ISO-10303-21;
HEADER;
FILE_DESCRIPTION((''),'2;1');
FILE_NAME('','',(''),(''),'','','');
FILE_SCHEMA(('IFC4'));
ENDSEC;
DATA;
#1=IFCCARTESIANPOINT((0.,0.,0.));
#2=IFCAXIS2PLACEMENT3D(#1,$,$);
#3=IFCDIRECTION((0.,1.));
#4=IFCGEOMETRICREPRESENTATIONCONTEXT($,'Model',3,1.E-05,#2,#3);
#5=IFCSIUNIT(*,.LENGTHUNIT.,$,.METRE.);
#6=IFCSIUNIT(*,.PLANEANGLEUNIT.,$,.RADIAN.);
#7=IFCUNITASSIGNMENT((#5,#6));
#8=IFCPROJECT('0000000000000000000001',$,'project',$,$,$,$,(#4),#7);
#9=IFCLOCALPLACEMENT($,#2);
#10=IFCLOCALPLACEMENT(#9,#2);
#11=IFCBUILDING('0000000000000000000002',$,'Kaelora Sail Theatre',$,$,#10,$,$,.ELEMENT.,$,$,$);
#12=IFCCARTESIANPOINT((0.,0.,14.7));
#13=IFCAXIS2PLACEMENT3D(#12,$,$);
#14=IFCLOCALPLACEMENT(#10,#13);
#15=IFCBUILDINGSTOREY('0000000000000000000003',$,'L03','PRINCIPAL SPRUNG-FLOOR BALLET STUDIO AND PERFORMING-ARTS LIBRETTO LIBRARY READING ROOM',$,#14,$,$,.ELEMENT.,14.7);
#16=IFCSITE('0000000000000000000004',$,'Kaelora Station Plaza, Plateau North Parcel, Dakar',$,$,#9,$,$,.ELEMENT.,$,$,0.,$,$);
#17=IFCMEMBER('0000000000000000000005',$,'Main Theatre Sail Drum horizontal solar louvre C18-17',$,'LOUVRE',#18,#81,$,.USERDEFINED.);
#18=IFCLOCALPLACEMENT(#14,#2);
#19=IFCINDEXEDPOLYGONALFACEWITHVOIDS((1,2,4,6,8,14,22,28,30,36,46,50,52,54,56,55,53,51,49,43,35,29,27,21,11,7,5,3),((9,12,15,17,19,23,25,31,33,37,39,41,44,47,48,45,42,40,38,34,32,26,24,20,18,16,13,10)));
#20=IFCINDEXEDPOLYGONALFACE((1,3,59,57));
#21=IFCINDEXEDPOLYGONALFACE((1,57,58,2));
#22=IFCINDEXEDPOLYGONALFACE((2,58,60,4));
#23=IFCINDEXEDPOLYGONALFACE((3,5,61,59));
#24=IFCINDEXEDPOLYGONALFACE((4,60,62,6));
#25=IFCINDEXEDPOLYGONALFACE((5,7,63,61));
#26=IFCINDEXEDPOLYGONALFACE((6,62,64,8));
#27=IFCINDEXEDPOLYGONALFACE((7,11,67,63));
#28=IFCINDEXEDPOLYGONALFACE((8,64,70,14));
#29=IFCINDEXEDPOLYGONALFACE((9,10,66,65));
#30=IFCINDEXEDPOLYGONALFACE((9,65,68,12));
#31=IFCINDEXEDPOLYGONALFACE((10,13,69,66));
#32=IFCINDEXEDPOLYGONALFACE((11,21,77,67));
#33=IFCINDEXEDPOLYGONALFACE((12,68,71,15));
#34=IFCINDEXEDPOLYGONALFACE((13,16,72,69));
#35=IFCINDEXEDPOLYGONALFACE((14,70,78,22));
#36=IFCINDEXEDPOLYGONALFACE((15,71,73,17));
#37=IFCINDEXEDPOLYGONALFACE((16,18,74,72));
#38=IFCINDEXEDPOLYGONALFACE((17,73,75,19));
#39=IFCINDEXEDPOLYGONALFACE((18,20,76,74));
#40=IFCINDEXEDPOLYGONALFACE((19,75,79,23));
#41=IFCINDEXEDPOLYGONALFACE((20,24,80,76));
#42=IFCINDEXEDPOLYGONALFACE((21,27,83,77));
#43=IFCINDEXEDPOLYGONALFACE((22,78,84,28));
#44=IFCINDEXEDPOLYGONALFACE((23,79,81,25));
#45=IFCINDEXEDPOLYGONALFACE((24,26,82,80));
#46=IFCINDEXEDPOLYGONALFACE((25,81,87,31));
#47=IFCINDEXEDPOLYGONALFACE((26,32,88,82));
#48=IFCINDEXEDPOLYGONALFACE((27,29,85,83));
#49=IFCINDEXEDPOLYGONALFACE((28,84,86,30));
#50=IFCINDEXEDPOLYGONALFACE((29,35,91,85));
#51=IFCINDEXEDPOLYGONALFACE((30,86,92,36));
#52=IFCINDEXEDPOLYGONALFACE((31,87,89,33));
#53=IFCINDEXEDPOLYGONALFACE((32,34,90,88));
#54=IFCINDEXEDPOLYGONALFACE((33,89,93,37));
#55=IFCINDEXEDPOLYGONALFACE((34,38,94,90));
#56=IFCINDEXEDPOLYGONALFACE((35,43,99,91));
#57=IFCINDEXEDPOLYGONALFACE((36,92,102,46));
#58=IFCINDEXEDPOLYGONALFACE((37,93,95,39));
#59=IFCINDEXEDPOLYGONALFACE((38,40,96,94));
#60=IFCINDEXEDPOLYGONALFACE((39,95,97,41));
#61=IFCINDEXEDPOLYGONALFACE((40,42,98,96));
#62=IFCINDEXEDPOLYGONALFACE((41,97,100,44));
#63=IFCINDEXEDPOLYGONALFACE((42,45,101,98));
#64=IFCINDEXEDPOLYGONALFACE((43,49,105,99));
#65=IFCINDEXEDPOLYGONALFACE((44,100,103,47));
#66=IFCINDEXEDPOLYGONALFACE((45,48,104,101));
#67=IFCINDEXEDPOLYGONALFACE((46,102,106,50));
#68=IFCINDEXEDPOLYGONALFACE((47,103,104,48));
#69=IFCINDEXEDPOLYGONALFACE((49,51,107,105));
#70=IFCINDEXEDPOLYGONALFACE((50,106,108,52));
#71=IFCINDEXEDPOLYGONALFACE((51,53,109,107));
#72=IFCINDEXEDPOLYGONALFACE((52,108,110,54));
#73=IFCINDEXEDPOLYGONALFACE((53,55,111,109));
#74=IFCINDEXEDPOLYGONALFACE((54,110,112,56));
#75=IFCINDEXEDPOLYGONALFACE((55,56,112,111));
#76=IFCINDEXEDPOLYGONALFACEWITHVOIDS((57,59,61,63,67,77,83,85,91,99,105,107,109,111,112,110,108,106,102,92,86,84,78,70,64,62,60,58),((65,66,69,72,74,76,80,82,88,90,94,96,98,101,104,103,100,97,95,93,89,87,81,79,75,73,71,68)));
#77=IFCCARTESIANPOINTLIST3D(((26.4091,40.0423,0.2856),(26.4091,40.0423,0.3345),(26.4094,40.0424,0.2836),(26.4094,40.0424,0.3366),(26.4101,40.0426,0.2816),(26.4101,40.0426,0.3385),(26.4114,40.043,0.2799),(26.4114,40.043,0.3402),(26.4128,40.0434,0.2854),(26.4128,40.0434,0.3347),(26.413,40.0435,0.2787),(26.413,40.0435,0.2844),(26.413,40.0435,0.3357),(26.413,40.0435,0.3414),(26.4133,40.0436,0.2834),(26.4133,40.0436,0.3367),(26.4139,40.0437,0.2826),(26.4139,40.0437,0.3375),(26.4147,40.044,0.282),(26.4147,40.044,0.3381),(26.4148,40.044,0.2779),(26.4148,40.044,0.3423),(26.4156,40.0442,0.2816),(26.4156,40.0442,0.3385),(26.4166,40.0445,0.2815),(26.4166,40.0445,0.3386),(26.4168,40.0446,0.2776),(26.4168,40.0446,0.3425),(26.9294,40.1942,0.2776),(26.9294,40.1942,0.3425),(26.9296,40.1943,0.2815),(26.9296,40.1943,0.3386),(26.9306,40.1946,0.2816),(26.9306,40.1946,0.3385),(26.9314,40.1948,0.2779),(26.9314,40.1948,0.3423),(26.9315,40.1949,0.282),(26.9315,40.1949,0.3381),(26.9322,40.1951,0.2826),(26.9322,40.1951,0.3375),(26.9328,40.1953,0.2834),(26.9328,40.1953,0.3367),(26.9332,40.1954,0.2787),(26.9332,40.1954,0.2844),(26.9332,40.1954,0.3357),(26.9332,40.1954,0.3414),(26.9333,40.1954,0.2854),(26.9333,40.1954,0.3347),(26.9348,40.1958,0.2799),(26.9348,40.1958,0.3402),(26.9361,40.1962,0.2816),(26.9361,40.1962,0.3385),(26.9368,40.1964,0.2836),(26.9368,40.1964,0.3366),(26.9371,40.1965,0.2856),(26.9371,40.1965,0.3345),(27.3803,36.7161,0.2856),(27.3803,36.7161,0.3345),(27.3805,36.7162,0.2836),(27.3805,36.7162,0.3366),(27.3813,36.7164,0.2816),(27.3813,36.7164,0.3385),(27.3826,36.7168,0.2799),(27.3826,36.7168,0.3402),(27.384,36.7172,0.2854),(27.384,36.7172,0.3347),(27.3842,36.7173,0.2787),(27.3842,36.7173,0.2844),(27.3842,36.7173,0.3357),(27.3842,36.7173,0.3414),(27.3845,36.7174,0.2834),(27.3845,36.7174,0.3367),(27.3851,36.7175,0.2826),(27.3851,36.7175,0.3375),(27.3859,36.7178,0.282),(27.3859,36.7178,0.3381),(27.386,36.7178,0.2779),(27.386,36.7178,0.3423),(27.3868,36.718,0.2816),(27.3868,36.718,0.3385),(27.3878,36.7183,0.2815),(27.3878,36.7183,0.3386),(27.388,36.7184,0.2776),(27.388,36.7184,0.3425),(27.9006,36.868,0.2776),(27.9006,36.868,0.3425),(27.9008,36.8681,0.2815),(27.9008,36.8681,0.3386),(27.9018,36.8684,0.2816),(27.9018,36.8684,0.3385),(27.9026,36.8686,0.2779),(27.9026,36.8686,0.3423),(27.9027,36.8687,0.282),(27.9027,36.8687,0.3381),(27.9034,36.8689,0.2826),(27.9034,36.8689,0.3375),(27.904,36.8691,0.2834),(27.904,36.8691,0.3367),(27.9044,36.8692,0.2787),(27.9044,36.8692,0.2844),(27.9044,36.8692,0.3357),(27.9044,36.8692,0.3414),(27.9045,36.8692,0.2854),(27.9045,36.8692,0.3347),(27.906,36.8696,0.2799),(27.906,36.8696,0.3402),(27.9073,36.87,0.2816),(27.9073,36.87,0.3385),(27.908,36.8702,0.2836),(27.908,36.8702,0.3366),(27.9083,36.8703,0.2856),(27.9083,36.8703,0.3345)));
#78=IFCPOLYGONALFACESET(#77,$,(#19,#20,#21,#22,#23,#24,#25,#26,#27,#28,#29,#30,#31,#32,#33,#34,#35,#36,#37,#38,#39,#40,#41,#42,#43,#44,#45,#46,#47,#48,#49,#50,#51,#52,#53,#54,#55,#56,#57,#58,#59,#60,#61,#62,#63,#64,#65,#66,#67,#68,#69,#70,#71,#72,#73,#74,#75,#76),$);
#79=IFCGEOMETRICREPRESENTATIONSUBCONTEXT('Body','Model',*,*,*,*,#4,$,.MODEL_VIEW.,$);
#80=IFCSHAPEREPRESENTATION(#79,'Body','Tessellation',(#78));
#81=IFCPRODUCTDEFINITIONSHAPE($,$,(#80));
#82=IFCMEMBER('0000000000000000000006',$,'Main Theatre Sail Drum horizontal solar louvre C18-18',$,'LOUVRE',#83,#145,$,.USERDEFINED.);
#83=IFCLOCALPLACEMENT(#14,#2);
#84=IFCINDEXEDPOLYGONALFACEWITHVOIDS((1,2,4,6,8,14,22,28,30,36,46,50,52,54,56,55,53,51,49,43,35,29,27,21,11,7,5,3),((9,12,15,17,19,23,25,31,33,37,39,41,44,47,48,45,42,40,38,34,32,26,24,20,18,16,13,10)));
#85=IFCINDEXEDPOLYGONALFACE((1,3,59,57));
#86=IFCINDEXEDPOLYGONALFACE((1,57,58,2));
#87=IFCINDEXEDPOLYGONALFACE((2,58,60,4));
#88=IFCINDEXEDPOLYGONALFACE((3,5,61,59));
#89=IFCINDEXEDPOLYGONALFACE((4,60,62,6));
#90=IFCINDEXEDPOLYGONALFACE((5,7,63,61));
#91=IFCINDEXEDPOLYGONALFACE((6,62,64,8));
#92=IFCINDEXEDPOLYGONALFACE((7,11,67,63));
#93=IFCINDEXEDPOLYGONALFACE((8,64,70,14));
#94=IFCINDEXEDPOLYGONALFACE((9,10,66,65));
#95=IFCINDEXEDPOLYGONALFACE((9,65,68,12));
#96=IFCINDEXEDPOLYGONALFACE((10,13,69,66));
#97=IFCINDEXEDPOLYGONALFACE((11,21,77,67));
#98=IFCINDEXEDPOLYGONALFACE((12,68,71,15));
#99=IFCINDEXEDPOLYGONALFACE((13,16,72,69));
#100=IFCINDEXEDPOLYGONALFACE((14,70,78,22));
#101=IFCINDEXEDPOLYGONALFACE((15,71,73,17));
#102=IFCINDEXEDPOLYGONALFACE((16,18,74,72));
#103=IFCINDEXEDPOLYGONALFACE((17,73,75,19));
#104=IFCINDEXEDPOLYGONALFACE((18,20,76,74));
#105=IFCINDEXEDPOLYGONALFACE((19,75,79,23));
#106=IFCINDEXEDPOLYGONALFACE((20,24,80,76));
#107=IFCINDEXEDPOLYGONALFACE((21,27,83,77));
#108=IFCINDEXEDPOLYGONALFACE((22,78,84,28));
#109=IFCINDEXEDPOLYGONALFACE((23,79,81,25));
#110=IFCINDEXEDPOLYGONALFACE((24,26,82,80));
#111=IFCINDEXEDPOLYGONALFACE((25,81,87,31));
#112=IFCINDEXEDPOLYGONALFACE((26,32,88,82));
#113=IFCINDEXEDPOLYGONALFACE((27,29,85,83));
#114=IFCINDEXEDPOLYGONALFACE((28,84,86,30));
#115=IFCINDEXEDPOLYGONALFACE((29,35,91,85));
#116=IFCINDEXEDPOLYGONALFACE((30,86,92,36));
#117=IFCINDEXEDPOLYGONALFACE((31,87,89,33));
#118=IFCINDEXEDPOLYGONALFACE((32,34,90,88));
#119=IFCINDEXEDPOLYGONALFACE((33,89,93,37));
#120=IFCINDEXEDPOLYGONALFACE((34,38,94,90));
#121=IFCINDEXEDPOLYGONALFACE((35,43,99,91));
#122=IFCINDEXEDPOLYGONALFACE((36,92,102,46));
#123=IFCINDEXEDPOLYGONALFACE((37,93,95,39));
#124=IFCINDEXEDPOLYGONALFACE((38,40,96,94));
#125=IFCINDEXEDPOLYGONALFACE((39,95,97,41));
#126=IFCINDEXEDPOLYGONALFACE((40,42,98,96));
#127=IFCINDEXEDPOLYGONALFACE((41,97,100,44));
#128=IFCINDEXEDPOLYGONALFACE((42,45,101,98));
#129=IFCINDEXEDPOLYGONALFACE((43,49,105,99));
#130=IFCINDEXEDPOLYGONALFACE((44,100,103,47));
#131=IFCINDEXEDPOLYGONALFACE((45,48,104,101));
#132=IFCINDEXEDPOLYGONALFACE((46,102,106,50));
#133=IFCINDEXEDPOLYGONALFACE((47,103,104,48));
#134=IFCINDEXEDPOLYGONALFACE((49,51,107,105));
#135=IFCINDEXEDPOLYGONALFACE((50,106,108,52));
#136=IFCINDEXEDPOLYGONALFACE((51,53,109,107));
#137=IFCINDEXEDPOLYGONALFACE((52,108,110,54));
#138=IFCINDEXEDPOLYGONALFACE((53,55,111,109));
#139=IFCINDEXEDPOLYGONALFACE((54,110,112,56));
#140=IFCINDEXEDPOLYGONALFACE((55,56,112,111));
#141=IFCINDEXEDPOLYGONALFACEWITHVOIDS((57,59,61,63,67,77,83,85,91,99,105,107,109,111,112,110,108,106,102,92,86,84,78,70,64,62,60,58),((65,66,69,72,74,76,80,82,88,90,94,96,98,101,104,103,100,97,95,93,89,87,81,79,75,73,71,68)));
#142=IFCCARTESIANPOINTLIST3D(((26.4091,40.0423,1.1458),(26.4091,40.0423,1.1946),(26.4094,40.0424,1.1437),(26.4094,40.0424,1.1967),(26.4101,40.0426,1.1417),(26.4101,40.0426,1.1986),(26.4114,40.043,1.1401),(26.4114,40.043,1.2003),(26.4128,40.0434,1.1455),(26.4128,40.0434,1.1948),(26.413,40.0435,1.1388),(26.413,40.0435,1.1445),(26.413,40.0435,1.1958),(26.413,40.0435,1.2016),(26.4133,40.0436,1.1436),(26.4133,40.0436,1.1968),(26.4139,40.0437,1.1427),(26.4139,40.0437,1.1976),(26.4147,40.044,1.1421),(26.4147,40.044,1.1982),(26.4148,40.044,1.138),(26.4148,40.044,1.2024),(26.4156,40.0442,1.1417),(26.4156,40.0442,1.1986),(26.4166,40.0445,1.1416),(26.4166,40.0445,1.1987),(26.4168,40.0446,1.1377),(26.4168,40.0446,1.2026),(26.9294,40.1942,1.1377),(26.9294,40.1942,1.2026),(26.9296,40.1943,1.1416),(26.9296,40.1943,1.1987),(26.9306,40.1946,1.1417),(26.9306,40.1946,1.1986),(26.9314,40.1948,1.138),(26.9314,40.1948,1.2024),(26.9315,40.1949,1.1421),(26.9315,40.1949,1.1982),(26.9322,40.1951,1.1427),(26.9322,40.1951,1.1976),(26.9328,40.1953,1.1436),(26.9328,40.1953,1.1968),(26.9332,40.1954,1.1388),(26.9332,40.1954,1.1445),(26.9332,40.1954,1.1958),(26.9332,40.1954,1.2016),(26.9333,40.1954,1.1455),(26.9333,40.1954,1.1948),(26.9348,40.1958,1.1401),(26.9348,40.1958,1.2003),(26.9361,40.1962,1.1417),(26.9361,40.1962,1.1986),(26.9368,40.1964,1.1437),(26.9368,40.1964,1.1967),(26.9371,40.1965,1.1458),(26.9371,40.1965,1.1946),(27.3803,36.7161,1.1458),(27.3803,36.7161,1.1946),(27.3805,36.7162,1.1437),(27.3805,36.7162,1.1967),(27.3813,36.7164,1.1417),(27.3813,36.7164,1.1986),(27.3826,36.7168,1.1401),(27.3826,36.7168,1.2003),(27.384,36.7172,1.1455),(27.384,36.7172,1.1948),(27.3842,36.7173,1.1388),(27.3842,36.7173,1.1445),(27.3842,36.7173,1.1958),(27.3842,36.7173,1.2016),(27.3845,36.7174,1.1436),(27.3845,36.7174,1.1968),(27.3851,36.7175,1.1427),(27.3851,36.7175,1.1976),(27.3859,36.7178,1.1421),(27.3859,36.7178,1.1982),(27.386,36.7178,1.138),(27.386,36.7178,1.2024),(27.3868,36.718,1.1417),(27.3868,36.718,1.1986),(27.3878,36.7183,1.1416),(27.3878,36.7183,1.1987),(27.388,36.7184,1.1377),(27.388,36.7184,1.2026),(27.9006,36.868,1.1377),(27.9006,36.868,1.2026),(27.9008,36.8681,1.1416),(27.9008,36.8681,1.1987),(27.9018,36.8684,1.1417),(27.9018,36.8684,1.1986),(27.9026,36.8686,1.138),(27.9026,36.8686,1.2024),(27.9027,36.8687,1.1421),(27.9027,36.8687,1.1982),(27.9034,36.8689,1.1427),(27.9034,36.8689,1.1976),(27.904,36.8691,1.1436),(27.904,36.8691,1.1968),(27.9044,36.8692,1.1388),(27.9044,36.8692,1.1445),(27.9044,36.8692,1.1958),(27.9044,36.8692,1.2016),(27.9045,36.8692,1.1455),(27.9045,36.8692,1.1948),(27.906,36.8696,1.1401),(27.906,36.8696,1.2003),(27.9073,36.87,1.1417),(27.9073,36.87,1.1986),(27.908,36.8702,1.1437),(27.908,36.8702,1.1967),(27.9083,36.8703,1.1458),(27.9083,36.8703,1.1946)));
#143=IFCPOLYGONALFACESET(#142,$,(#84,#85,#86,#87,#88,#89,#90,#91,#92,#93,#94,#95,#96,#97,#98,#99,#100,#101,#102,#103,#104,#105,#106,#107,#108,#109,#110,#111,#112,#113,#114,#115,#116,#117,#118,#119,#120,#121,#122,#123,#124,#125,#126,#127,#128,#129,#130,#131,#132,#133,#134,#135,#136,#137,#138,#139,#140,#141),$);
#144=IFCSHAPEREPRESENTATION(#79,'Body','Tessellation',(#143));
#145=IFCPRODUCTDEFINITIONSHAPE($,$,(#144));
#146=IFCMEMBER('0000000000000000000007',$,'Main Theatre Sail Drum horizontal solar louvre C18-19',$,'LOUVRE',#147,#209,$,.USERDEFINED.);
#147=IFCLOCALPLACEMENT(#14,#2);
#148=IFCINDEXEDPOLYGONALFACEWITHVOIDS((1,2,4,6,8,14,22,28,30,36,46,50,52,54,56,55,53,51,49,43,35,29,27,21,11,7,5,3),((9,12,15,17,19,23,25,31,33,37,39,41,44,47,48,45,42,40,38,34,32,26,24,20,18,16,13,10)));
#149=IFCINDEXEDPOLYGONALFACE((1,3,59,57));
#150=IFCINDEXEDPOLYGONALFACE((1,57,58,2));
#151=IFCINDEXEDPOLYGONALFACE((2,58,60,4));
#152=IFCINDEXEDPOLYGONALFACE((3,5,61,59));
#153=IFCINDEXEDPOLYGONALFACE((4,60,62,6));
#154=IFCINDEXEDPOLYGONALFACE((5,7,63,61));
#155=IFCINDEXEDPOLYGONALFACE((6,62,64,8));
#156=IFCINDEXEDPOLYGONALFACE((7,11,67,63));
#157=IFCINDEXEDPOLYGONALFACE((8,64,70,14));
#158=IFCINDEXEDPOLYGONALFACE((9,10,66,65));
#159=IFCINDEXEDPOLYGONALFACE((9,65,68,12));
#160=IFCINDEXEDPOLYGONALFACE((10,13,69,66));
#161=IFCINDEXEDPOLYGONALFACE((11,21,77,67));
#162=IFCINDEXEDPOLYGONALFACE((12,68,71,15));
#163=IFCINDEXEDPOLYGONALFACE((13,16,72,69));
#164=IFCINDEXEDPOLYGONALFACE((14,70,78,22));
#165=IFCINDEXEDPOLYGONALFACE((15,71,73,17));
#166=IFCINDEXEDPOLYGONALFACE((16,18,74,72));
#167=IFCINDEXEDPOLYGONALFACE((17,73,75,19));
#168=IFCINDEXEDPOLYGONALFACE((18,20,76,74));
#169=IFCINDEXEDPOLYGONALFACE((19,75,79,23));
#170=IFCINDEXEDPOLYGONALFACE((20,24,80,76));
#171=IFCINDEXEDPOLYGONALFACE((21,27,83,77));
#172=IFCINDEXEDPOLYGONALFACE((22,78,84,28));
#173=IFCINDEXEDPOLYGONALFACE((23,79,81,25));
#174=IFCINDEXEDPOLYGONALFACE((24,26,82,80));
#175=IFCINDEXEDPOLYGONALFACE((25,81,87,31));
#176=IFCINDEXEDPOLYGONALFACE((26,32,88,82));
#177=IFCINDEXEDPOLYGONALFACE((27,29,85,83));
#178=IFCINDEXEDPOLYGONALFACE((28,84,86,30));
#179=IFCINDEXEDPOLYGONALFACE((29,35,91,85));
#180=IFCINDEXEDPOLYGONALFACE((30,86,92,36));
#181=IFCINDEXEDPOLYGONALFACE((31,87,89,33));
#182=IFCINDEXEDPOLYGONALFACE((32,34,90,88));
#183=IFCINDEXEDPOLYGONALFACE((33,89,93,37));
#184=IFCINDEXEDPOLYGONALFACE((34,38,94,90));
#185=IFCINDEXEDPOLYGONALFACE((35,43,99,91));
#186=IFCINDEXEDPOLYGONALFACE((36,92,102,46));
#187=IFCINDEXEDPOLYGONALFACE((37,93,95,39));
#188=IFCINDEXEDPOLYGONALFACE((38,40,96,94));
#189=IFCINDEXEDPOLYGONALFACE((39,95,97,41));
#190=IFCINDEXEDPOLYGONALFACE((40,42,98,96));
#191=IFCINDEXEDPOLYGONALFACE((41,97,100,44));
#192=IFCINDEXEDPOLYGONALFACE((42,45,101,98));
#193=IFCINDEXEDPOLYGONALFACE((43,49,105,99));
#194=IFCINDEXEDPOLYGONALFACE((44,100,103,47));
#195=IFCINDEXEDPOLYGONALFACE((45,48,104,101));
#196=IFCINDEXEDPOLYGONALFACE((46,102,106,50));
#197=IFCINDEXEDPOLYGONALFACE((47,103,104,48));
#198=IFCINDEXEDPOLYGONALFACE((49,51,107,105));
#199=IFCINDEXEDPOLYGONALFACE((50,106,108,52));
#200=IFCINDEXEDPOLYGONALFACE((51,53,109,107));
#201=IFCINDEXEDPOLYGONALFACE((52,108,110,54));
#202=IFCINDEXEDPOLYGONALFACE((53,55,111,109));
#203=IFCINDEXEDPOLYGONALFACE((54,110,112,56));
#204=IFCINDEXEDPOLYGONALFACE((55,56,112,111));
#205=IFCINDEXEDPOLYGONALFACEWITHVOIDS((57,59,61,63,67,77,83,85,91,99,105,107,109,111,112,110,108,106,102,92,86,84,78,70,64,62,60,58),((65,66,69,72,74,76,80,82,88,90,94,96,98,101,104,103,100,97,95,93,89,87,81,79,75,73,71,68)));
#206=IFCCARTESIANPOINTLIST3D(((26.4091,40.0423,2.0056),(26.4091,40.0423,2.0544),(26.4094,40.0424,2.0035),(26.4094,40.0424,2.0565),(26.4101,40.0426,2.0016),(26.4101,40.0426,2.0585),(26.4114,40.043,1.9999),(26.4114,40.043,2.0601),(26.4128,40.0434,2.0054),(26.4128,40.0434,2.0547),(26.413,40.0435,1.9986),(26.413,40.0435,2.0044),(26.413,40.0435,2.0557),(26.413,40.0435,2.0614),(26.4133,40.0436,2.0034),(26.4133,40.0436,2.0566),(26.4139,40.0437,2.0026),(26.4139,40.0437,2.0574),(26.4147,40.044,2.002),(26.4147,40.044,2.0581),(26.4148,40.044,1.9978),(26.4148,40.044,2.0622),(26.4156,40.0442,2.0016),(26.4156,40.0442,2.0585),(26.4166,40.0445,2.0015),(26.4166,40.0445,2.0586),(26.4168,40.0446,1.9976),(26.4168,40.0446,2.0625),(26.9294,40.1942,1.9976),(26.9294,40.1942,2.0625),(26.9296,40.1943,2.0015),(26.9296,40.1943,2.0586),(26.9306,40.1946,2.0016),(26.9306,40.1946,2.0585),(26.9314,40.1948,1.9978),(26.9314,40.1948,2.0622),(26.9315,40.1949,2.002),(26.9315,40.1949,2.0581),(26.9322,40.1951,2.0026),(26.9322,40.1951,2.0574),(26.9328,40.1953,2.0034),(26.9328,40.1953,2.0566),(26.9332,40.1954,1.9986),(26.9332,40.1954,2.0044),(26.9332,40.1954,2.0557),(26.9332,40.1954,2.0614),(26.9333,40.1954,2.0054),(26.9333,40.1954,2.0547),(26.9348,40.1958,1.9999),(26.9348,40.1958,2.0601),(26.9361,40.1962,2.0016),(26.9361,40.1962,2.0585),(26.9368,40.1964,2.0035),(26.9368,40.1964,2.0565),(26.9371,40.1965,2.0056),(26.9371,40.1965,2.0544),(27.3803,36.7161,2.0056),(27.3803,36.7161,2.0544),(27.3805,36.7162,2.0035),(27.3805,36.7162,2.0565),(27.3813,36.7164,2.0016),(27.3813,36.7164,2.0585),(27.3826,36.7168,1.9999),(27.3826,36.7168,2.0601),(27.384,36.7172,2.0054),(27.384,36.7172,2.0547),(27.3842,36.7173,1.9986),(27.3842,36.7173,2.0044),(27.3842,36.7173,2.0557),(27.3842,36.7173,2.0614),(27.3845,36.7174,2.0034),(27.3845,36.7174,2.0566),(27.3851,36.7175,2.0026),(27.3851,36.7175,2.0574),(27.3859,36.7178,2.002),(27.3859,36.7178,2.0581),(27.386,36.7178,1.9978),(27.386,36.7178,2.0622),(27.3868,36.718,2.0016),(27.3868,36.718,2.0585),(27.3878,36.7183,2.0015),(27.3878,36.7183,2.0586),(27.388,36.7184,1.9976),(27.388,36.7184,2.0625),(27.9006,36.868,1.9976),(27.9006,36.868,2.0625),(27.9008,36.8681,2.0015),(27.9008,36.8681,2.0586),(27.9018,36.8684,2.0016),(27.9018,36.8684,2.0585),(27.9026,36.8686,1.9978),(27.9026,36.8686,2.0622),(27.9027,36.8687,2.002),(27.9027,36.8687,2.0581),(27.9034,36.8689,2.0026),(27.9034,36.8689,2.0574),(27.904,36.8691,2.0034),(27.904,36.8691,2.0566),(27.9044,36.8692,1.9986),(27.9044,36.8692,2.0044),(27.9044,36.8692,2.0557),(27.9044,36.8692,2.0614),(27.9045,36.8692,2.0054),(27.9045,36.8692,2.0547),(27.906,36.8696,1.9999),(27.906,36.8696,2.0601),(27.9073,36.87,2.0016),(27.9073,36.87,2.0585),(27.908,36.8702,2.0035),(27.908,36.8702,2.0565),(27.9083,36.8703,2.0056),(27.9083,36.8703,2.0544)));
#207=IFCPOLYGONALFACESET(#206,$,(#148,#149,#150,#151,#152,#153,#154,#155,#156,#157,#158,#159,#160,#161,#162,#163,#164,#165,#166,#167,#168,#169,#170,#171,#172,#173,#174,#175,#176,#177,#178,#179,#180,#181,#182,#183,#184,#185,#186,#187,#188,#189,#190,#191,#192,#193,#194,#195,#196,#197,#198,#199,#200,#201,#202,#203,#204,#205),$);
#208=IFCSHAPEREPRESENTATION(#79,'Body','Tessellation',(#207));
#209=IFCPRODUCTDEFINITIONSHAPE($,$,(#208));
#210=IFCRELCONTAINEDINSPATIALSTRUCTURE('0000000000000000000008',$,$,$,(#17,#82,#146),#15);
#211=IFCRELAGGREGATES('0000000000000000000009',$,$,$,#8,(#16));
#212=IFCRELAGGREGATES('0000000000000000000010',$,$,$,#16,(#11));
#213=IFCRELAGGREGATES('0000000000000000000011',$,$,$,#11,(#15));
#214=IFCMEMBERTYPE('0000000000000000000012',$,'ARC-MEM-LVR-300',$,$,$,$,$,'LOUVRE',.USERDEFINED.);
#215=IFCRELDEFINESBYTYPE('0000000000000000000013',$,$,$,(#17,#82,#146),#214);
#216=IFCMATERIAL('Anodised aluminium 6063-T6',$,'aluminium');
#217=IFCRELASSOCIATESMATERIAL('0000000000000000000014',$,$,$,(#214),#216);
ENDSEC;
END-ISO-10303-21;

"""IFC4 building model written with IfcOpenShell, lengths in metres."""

from ifc_helpers import new_model, si_unit, direction, frame, origin, origin_2d, place, context, subcontext, project, spatial, hollow_rectangle, extrude, material, material_profile, profile_set, type_object, element, save


model = new_model("IFC4")

# Units and contexts
model_context = context("Model", 3, precision=1e-05, world=origin(), true_north=direction((0.0, 1.0)))
body_context = subcontext(model_context, "Body", "Model", "MODEL_VIEW")
ifc_project = project(units=[si_unit("LENGTHUNIT", "METRE"), si_unit("PLANEANGLEUNIT", "RADIAN")], contexts=[model_context])

# Site, building, storey
site_placement = place(None, origin())
site = spatial("IfcSite", under=ifc_project, at=site_placement, Name="Kaelora Station Plaza, Plateau North Parcel, Dakar", CompositionType="ELEMENT", RefElevation=0.0)
building_placement = place(site_placement, origin())
building = spatial("IfcBuilding", under=site, at=building_placement, Name="Kaelora Sail Theatre", CompositionType="ELEMENT")
storey_placement = place(building_placement, frame((0.0, 0.0, 14.7)))
storey = spatial("IfcBuildingStorey", under=building, at=storey_placement, Name="L03", Description="PRINCIPAL SPRUNG-FLOOR BALLET STUDIO AND PERFORMING-ARTS LIBRETTO LIBRARY READING ROOM", CompositionType="ELEMENT", Elevation=14.7)

# Members
ifc_material_1 = material(Name="Anodised aluminium 6063-T6", Category="aluminium")
ifc_material_profile_1 = material_profile(ifc_material_1, hollow_rectangle(XDim=0.55, YDim=0.0649, WallThickness=0.0039, InnerFilletRadius=0.0039, OuterFilletRadius=0.0081, at=origin_2d()), Name="LOUVRE 550x65x4")
ifc_profile_set_1 = profile_set([ifc_material_profile_1], Name="Anodised aluminium 6063-T6")
member_type = type_object("IfcMemberType", Name="ARC-MEM-LVR-300", ElementType="LOUVRE", PredefinedType="USERDEFINED", material=ifc_profile_set_1)
for number, where, z_axis, x_axis, name in (
    (1, (27.6443, 36.7932, 0.3101), (-0.280281, 0.959918, 0.0), (-0.959918, -0.280281, 0.0), "Main Theatre Sail Drum horizontal solar louvre C18-17"),
    (2, (27.6443, 36.7932, 1.1702), (-0.280281, 0.959918, 0.0), (-0.959918, -0.280281, 0.0), "Main Theatre Sail Drum horizontal solar louvre C18-18"),
    (3, (27.6443, 36.7932, 2.03), (-0.280281, 0.959918, 0.0), (-0.959918, -0.280281, 0.0), "Main Theatre Sail Drum horizontal solar louvre C18-19"),
):
    element("IfcMember", number, at=place(storey_placement, frame(where, z_axis=z_axis, x_axis=x_axis)), inside=storey, type_object=member_type, Name=name, ObjectType="LOUVRE", PredefinedType="USERDEFINED", context=body_context, shape_type="SweptSolid", body=[
        extrude(hollow_rectangle(XDim=0.55, YDim=0.0649, WallThickness=0.0039, InnerFilletRadius=0.0039, OuterFilletRadius=0.0081, at=origin_2d()), origin(), (0.0, 0.0, 1.0), 3.4651),
    ])

save(model, "model.ifc")
